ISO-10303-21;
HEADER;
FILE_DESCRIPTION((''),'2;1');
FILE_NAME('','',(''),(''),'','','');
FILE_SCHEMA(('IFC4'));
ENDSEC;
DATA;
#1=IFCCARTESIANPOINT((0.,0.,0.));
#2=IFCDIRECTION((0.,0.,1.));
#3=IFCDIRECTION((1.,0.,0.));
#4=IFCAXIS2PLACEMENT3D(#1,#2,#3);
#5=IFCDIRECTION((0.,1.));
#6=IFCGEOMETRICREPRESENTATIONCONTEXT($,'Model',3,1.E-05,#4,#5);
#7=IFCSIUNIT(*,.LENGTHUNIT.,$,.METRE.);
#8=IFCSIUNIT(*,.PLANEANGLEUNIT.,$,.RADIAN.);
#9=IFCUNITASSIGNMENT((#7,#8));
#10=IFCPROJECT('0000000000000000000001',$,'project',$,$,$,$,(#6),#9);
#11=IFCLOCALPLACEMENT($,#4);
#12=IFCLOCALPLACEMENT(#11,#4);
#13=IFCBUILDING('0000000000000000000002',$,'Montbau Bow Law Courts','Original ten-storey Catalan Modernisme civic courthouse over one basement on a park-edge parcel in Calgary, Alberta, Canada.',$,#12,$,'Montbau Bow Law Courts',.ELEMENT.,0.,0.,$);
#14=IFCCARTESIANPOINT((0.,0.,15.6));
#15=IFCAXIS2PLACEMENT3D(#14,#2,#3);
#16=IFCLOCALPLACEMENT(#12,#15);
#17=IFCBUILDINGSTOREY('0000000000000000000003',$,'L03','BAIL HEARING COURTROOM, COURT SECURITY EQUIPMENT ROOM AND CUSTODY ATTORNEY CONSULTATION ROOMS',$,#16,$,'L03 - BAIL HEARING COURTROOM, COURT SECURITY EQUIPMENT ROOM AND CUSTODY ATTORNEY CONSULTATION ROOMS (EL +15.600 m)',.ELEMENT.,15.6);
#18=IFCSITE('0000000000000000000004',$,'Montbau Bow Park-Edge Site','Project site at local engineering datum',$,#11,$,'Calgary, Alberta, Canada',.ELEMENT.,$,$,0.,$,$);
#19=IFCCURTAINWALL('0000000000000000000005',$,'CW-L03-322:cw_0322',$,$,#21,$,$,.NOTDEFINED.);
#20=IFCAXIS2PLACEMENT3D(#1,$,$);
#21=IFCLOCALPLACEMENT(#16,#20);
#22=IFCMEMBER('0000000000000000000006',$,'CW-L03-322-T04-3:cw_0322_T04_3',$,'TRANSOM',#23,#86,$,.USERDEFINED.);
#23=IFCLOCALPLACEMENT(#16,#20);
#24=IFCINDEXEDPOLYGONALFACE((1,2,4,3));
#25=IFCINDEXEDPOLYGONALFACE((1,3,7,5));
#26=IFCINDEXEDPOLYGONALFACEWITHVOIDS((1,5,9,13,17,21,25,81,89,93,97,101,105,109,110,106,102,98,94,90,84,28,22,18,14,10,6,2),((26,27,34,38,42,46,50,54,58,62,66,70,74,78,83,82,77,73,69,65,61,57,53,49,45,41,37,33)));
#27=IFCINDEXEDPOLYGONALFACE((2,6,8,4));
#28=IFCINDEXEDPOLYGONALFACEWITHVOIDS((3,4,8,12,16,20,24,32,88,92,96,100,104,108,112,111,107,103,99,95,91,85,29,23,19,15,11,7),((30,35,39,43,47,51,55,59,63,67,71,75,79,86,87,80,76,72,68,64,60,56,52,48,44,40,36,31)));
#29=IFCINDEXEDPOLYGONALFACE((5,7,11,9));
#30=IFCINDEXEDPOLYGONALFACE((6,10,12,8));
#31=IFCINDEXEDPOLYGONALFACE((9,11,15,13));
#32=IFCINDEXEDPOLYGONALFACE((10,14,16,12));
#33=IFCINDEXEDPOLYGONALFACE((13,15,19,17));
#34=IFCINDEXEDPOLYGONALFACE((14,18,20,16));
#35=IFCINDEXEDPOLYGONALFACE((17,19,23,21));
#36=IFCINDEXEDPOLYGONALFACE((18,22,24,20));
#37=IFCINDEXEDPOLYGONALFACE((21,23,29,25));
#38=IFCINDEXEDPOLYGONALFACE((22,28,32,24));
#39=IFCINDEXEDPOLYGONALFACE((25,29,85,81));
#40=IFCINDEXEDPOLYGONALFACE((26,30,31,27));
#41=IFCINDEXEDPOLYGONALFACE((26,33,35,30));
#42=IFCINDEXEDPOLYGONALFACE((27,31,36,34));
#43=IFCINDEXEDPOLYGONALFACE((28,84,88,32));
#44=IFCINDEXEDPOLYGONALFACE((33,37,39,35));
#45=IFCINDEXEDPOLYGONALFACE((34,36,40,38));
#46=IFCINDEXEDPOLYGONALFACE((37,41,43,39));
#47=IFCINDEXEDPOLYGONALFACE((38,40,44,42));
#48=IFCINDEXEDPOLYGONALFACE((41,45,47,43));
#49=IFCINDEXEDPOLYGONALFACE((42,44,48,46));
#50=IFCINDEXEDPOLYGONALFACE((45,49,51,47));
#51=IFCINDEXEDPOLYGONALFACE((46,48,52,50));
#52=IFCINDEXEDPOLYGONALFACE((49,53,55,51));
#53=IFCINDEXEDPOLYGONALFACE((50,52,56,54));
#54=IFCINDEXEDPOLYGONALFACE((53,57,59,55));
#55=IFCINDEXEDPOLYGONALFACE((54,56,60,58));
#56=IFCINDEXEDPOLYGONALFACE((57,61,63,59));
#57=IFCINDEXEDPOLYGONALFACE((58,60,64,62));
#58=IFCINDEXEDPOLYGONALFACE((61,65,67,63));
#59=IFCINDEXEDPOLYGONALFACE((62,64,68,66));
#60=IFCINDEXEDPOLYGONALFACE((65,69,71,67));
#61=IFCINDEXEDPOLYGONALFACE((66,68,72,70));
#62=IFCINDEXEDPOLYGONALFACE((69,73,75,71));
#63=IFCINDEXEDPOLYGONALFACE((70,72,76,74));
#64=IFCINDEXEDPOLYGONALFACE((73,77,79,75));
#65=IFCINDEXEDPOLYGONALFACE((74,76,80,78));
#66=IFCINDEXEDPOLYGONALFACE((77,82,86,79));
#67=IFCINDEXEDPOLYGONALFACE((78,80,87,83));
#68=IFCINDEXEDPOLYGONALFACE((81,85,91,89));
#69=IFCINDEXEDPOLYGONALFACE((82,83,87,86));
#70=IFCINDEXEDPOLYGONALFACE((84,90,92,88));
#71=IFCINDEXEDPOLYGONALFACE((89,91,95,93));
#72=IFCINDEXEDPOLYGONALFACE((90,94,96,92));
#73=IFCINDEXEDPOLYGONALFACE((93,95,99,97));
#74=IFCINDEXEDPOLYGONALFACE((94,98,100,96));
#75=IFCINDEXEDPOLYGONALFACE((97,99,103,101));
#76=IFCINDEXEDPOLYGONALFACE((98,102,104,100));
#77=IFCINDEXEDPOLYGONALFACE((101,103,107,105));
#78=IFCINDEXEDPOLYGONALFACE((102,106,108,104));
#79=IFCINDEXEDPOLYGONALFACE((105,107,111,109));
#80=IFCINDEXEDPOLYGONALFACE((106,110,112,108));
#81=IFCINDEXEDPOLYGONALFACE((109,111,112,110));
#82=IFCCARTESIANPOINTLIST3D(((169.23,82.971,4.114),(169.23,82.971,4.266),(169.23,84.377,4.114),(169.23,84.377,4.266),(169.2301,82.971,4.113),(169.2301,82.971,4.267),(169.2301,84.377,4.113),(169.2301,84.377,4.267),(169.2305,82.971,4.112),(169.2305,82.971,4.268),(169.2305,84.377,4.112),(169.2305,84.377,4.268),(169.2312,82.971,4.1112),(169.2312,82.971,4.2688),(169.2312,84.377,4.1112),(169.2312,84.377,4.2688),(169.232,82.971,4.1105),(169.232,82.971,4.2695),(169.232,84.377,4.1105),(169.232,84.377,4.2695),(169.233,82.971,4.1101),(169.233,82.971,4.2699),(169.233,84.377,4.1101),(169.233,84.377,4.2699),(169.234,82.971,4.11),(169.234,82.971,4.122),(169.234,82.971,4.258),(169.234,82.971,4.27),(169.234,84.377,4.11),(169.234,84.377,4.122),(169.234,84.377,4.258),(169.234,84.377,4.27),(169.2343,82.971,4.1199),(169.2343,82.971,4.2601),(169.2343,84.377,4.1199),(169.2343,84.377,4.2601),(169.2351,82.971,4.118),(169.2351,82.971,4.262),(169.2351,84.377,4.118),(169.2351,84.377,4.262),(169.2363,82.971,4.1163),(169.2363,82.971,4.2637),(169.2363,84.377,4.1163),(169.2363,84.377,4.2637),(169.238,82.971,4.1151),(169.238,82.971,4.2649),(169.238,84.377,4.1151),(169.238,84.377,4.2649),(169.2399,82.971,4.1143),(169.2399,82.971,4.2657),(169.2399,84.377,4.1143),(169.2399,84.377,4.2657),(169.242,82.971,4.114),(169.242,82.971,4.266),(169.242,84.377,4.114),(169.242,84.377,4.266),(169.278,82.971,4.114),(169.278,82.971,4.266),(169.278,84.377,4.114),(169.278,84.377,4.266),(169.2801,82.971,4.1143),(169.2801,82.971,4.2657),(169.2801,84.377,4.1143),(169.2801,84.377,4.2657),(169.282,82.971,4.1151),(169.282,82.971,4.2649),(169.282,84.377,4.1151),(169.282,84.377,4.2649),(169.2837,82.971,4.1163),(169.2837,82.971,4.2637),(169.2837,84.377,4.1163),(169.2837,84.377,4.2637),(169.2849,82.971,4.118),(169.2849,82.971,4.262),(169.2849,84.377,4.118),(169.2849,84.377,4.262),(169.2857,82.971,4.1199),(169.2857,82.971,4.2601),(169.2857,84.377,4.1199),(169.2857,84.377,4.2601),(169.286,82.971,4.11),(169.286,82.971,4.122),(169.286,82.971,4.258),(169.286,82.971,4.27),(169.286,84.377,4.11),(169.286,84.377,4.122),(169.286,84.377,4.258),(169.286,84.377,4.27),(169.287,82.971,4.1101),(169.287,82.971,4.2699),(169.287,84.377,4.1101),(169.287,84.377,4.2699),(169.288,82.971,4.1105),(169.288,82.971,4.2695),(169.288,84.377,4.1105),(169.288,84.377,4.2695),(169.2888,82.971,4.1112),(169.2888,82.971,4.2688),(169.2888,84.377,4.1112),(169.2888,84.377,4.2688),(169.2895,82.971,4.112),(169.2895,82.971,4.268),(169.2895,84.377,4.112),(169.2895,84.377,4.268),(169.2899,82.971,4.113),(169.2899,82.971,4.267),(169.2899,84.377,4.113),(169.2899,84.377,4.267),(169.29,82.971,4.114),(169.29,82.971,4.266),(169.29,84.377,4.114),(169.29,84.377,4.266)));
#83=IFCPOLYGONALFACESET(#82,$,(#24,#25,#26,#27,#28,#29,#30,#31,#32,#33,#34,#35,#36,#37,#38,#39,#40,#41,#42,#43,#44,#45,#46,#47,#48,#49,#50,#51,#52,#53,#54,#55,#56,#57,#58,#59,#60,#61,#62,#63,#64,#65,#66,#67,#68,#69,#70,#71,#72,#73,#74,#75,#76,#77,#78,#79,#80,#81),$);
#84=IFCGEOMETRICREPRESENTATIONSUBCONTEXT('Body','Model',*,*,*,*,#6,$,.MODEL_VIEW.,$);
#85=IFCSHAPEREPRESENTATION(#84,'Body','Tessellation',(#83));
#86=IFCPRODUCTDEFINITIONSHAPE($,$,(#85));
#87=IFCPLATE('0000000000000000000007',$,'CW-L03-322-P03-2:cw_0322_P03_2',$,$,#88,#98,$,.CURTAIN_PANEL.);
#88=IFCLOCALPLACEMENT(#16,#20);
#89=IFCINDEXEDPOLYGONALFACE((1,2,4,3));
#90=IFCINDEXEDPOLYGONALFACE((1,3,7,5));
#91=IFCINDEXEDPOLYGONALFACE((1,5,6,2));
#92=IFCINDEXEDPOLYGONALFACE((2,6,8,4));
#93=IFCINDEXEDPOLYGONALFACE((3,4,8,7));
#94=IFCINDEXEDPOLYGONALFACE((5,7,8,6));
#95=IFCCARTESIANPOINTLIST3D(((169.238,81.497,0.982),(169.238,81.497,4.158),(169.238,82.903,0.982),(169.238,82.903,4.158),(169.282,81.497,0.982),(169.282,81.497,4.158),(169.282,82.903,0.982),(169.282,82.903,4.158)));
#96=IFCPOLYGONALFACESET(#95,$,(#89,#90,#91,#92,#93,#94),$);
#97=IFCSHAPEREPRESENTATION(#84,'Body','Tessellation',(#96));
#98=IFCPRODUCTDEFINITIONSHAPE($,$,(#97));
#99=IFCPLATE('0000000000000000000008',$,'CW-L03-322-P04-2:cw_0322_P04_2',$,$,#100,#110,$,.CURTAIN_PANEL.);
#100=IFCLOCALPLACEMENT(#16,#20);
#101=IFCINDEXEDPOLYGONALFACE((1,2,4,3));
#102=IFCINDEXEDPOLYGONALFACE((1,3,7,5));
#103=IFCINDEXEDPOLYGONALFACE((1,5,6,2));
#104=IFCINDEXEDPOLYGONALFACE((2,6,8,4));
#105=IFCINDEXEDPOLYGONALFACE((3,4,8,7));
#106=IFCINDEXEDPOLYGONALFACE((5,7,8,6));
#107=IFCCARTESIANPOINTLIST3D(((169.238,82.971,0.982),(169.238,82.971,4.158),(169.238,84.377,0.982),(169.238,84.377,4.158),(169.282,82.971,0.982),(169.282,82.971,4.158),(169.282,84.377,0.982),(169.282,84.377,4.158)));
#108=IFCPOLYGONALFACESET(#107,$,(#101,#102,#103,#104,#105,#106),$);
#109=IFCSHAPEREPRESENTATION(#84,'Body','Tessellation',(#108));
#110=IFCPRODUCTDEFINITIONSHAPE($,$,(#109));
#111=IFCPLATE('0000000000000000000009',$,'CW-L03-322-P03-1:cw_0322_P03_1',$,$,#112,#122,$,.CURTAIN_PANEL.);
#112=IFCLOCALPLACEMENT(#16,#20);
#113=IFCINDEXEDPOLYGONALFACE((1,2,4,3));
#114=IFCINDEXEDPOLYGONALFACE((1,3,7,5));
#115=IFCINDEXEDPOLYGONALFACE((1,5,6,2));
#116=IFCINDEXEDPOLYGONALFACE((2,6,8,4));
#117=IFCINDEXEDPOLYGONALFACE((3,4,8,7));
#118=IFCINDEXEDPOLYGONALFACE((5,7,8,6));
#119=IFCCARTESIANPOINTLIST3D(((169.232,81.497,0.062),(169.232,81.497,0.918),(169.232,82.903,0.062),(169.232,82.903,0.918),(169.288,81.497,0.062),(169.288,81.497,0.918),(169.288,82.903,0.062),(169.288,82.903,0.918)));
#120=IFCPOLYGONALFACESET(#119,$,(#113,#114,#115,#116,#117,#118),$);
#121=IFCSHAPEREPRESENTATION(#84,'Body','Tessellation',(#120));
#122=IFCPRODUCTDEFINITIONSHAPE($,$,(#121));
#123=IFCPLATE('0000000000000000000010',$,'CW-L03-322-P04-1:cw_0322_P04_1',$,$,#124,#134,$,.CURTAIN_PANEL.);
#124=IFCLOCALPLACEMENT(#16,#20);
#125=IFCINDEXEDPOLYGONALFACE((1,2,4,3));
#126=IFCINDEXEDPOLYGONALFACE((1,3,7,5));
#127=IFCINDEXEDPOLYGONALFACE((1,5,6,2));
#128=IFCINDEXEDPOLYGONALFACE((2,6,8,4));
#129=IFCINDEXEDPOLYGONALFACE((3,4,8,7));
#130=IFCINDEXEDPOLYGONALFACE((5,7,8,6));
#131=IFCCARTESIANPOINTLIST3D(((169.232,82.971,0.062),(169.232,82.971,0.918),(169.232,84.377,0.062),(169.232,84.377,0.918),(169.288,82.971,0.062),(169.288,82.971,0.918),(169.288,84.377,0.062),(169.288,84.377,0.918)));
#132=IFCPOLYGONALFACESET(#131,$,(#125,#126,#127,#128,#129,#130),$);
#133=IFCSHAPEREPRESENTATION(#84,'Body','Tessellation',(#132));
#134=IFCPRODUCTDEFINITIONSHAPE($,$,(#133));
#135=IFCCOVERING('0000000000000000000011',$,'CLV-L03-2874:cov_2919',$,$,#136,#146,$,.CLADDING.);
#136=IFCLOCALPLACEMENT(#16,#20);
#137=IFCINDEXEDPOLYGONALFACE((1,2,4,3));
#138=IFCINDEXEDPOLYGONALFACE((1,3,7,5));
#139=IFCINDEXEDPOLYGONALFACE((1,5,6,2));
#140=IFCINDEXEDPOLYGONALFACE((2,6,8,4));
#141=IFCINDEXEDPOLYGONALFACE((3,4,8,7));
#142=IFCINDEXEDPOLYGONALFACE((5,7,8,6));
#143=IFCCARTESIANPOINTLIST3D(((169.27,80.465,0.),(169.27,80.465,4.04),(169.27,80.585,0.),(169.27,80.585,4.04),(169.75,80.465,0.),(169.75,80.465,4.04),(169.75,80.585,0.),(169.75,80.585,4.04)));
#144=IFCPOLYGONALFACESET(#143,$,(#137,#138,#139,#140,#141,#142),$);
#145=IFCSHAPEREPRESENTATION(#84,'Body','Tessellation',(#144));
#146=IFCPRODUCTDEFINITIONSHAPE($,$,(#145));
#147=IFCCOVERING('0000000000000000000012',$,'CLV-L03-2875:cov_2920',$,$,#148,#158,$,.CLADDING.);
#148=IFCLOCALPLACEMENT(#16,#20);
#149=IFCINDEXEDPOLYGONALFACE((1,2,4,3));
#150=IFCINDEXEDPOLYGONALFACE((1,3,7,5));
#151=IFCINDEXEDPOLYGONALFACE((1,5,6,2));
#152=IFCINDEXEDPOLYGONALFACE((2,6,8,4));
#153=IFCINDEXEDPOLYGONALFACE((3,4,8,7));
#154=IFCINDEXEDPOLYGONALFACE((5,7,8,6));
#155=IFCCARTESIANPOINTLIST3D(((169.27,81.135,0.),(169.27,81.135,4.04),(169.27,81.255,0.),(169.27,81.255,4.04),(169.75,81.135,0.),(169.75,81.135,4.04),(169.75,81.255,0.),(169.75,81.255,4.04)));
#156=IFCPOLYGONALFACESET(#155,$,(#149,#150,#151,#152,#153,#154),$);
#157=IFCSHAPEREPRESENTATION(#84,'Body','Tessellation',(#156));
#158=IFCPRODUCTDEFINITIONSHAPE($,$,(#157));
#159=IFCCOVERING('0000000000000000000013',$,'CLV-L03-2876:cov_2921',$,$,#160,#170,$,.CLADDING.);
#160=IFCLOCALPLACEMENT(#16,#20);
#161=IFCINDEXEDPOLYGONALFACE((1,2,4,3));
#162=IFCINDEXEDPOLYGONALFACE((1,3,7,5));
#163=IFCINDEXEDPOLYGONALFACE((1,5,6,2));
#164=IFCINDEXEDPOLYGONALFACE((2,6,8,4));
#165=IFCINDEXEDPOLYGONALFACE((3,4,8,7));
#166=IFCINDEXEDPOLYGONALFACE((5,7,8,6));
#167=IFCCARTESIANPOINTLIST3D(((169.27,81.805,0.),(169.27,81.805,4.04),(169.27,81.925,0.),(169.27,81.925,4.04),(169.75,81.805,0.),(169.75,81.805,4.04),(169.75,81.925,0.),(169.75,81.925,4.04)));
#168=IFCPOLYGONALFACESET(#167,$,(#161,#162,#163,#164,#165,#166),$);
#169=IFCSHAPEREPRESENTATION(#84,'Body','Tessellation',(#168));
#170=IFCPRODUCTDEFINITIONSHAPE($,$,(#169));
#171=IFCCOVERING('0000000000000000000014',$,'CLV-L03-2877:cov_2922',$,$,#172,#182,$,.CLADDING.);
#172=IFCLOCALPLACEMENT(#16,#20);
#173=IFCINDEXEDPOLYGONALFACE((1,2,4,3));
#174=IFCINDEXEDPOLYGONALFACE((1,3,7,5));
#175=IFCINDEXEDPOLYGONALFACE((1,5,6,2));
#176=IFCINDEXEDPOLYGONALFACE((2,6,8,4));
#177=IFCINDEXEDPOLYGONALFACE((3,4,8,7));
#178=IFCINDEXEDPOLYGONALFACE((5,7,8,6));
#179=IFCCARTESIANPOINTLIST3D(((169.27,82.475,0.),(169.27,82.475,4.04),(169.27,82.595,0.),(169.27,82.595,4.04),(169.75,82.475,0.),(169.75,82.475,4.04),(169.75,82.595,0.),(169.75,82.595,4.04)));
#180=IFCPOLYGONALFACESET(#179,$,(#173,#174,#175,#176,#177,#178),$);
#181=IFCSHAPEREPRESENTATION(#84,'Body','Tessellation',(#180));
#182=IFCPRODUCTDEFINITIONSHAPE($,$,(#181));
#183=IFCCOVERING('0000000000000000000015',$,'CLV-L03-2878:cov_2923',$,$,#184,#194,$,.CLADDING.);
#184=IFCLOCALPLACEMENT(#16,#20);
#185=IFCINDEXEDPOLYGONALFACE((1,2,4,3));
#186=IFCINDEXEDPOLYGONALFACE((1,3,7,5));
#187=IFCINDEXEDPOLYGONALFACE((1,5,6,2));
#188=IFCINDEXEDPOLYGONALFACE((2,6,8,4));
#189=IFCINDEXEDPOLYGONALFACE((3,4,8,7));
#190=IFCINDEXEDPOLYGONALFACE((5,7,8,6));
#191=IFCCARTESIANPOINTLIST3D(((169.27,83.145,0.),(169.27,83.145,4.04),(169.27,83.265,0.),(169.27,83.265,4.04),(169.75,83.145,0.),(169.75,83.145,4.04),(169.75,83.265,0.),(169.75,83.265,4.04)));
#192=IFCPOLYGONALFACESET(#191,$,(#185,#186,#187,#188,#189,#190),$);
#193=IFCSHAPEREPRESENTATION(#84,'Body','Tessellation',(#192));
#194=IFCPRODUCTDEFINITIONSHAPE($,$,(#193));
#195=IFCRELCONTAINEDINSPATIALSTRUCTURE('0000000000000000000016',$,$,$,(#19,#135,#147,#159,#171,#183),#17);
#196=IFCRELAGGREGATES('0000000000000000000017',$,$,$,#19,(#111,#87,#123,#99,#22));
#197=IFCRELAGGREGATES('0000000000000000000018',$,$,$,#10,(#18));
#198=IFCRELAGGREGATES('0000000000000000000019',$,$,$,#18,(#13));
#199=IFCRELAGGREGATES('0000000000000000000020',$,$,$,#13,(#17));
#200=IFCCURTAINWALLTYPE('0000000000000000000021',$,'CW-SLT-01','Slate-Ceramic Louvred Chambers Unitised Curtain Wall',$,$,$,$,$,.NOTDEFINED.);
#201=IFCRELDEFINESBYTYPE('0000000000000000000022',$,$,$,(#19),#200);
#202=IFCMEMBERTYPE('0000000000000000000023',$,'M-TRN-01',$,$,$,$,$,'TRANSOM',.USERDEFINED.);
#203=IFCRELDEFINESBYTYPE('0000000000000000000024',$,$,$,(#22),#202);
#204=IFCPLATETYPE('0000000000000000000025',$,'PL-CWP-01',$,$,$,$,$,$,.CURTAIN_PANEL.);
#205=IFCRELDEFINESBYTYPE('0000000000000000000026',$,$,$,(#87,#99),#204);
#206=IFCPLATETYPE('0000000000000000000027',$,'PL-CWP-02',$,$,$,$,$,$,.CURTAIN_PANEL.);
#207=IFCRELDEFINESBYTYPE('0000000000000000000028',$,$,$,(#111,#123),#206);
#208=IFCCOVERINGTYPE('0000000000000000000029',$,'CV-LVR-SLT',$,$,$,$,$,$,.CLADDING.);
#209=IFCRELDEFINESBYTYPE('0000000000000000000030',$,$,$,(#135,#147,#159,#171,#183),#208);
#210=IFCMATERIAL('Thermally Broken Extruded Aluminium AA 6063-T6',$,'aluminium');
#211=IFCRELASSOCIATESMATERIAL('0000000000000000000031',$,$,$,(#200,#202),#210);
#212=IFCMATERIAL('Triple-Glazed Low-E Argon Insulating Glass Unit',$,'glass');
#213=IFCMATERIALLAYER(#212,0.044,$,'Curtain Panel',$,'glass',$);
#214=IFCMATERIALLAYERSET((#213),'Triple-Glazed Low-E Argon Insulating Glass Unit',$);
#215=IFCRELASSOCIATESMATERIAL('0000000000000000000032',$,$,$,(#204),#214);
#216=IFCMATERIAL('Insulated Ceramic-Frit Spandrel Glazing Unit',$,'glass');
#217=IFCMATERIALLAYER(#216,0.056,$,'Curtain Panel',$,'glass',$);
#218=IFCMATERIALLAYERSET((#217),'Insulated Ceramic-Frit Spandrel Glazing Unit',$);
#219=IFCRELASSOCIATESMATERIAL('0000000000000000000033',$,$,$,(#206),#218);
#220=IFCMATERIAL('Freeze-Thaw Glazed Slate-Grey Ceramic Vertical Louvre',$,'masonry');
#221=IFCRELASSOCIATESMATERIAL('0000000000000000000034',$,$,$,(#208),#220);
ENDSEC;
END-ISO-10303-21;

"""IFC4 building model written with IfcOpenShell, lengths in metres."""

from ifc_helpers import new_model, si_unit, direction, frame, frame_2d, origin_with_axes, origin_2d_with_axis, place, context, subcontext, project, spatial, rectangle, hollow_rectangle, extrude, material, layer, layer_set, material_profile, profile_set, type_object, element, aggregate, save


model = new_model("IFC4")

# Units and contexts
model_context = context("Model", 3, precision=1e-05, world=origin_with_axes(), true_north=direction((0.0, 1.0)))
body_context = subcontext(model_context, "Body", "Model", "MODEL_VIEW")
ifc_project = project(units=[si_unit("LENGTHUNIT", "METRE"), si_unit("PLANEANGLEUNIT", "RADIAN")], contexts=[model_context])

# Site, building, storey
site_placement = place(None, origin_with_axes())
site = spatial("IfcSite", under=ifc_project, at=site_placement, Name="Montbau Bow Park-Edge Site", Description="Project site at local engineering datum", LongName="Calgary, Alberta, Canada", CompositionType="ELEMENT", RefElevation=0.0)
building_placement = place(site_placement, origin_with_axes())
building = spatial("IfcBuilding", under=site, at=building_placement, Name="Montbau Bow Law Courts", Description="Original ten-storey Catalan Modernisme civic courthouse over one basement on a park-edge parcel in Calgary, Alberta, Canada.", LongName="Montbau Bow Law Courts", CompositionType="ELEMENT", ElevationOfRefHeight=0.0, ElevationOfTerrain=0.0)
storey_placement = place(building_placement, frame((0.0, 0.0, 15.6), z_axis=(0.0, 0.0, 1.0), x_axis=(1.0, 0.0, 0.0)))
storey = spatial("IfcBuildingStorey", under=building, at=storey_placement, Name="L03", Description="BAIL HEARING COURTROOM, COURT SECURITY EQUIPMENT ROOM AND CUSTODY ATTORNEY CONSULTATION ROOMS", LongName="L03 - BAIL HEARING COURTROOM, COURT SECURITY EQUIPMENT ROOM AND CUSTODY ATTORNEY CONSULTATION ROOMS (EL +15.600 m)", CompositionType="ELEMENT", Elevation=15.6)

# Curtain wall, member, plates
ifc_material_1 = material(Name="Thermally Broken Extruded Aluminium AA 6063-T6", Category="aluminium")
curtain_wall_type = type_object("IfcCurtainWallType", Name="CW-SLT-01", Description="Slate-Ceramic Louvred Chambers Unitised Curtain Wall", PredefinedType="NOTDEFINED", material=ifc_material_1)
curtain_wall_placement = place(None, frame((169.26, 78.515, 15.6), z_axis=(0.0, 0.0, 1.0), x_axis=(1.0, 0.0, 0.0)))
curtain_wall = element("IfcCurtainWall", 1, at=curtain_wall_placement, inside=storey, type_object=curtain_wall_type, Name="CW-L03-322:cw_0322", PredefinedType="NOTDEFINED")
ifc_material_profile_1 = material_profile(ifc_material_1, hollow_rectangle(XDim=0.06, YDim=0.16, WallThickness=0.004, InnerFilletRadius=0.008, OuterFilletRadius=0.004, at=origin_2d_with_axis()), Name="CWT-160X60", Category="Main", Priority=0)
ifc_profile_set_1 = profile_set([ifc_material_profile_1], Name="Thermally Broken Extruded Aluminium AA 6063-T6")
member_type_1 = type_object("IfcMemberType", Name="M-TRN-01", ElementType="TRANSOM", PredefinedType="USERDEFINED", material=ifc_profile_set_1)
member_1_placement = place(None, frame((169.26, 82.971, 19.79), z_axis=(0.0, 1.0, 0.0), x_axis=(-1.0, 0.0, 0.0)))
member_1 = element("IfcMember", 2, at=member_1_placement, type_object=member_type_1, Name="CW-L03-322-T04-3:cw_0322_T04_3", ObjectType="TRANSOM", PredefinedType="USERDEFINED", context=body_context, shape_type="SweptSolid", body=[
    extrude(hollow_rectangle(XDim=0.06, YDim=0.16, WallThickness=0.004, InnerFilletRadius=0.008, OuterFilletRadius=0.004, at=origin_2d_with_axis()), origin_with_axes(), (0.0, 0.0, 1.0), 1.406),
])
ifc_material_2 = material(Name="Triple-Glazed Low-E Argon Insulating Glass Unit", Category="glass")
ifc_layer_1 = layer(ifc_material_2, 0.044, Name="Curtain Panel", Category="glass")
ifc_layer_set_1 = layer_set([ifc_layer_1], Name="Triple-Glazed Low-E Argon Insulating Glass Unit")
plate_type_1 = type_object("IfcPlateType", Name="PL-CWP-01", PredefinedType="CURTAIN_PANEL", material=ifc_layer_set_1)
plate_1_placement = place(None, frame((169.26, 81.497, 16.582), z_axis=(1.0, 0.0, 0.0), x_axis=(0.0, 1.0, 0.0)))
plate_1 = element("IfcPlate", 3, at=plate_1_placement, type_object=plate_type_1, Name="CW-L03-322-P03-2:cw_0322_P03_2", PredefinedType="CURTAIN_PANEL", context=body_context, shape_type="SweptSolid", body=[
    extrude(rectangle(XDim=1.406, YDim=3.176, at=frame_2d((0.703, 1.588), x_axis=(1.0, 0.0))), frame((0.0, 0.0, -0.022), z_axis=(0.0, 0.0, 1.0), x_axis=(1.0, 0.0, 0.0)), (0.0, 0.0, 1.0), 0.044),
])
plate_2_placement = place(None, frame((169.26, 82.971, 16.582), z_axis=(1.0, 0.0, 0.0), x_axis=(0.0, 1.0, 0.0)))
plate_2 = element("IfcPlate", 4, at=plate_2_placement, type_object=plate_type_1, Name="CW-L03-322-P04-2:cw_0322_P04_2", PredefinedType="CURTAIN_PANEL", context=body_context, shape_type="SweptSolid", body=[
    extrude(rectangle(XDim=1.406, YDim=3.176, at=frame_2d((0.703, 1.588), x_axis=(1.0, 0.0))), frame((0.0, 0.0, -0.022), z_axis=(0.0, 0.0, 1.0), x_axis=(1.0, 0.0, 0.0)), (0.0, 0.0, 1.0), 0.044),
])
ifc_material_3 = material(Name="Insulated Ceramic-Frit Spandrel Glazing Unit", Category="glass")
ifc_layer_2 = layer(ifc_material_3, 0.056, Name="Curtain Panel", Category="glass")
ifc_layer_set_2 = layer_set([ifc_layer_2], Name="Insulated Ceramic-Frit Spandrel Glazing Unit")
plate_type_2 = type_object("IfcPlateType", Name="PL-CWP-02", PredefinedType="CURTAIN_PANEL", material=ifc_layer_set_2)
plate_3_placement = place(None, frame((169.26, 81.497, 15.662), z_axis=(1.0, 0.0, 0.0), x_axis=(0.0, 1.0, 0.0)))
plate_3 = element("IfcPlate", 5, at=plate_3_placement, type_object=plate_type_2, Name="CW-L03-322-P03-1:cw_0322_P03_1", PredefinedType="CURTAIN_PANEL", context=body_context, shape_type="SweptSolid", body=[
    extrude(rectangle(XDim=1.406, YDim=0.856, at=frame_2d((0.703, 0.428), x_axis=(1.0, 0.0))), frame((0.0, 0.0, -0.028), z_axis=(0.0, 0.0, 1.0), x_axis=(1.0, 0.0, 0.0)), (0.0, 0.0, 1.0), 0.056),
])
plate_4_placement = place(None, frame((169.26, 82.971, 15.662), z_axis=(1.0, 0.0, 0.0), x_axis=(0.0, 1.0, 0.0)))
plate_4 = element("IfcPlate", 6, at=plate_4_placement, type_object=plate_type_2, Name="CW-L03-322-P04-1:cw_0322_P04_1", PredefinedType="CURTAIN_PANEL", context=body_context, shape_type="SweptSolid", body=[
    extrude(rectangle(XDim=1.406, YDim=0.856, at=frame_2d((0.703, 0.428), x_axis=(1.0, 0.0))), frame((0.0, 0.0, -0.028), z_axis=(0.0, 0.0, 1.0), x_axis=(1.0, 0.0, 0.0)), (0.0, 0.0, 1.0), 0.056),
])
aggregate(curtain_wall, [plate_3, plate_1, plate_4, plate_2, member_1])

# Coverings
ifc_material_4 = material(Name="Freeze-Thaw Glazed Slate-Grey Ceramic Vertical Louvre", Category="masonry")
covering_type = type_object("IfcCoveringType", Name="CV-LVR-SLT", PredefinedType="CLADDING", material=ifc_material_4)
for number, where, z_axis, x_axis, name in (
    (7, (169.27, 80.525, 15.6), (0.0, -1.0, 0.0), (1.0, 0.0, 0.0), "CLV-L03-2874:cov_2919"),
    (8, (169.27, 81.195, 15.6), (0.0, -1.0, 0.0), (1.0, 0.0, 0.0), "CLV-L03-2875:cov_2920"),
    (9, (169.27, 81.865, 15.6), (0.0, -1.0, 0.0), (1.0, 0.0, 0.0), "CLV-L03-2876:cov_2921"),
    (10, (169.27, 82.535, 15.6), (0.0, -1.0, 0.0), (1.0, 0.0, 0.0), "CLV-L03-2877:cov_2922"),
    (11, (169.27, 83.205, 15.6), (0.0, -1.0, 0.0), (1.0, 0.0, 0.0), "CLV-L03-2878:cov_2923"),
):
    element("IfcCovering", number, at=place(None, frame(where, z_axis=z_axis, x_axis=x_axis)), inside=storey, type_object=covering_type, Name=name, PredefinedType="CLADDING", context=body_context, shape_type="SweptSolid", body=[
        extrude(rectangle(XDim=0.48, YDim=4.04, at=frame_2d((0.24, 2.02), x_axis=(1.0, 0.0))), frame((0.0, 0.0, -0.06), z_axis=(0.0, 0.0, 1.0), x_axis=(1.0, 0.0, 0.0)), (0.0, 0.0, 1.0), 0.12),
    ])

save(model, "model.ifc")
